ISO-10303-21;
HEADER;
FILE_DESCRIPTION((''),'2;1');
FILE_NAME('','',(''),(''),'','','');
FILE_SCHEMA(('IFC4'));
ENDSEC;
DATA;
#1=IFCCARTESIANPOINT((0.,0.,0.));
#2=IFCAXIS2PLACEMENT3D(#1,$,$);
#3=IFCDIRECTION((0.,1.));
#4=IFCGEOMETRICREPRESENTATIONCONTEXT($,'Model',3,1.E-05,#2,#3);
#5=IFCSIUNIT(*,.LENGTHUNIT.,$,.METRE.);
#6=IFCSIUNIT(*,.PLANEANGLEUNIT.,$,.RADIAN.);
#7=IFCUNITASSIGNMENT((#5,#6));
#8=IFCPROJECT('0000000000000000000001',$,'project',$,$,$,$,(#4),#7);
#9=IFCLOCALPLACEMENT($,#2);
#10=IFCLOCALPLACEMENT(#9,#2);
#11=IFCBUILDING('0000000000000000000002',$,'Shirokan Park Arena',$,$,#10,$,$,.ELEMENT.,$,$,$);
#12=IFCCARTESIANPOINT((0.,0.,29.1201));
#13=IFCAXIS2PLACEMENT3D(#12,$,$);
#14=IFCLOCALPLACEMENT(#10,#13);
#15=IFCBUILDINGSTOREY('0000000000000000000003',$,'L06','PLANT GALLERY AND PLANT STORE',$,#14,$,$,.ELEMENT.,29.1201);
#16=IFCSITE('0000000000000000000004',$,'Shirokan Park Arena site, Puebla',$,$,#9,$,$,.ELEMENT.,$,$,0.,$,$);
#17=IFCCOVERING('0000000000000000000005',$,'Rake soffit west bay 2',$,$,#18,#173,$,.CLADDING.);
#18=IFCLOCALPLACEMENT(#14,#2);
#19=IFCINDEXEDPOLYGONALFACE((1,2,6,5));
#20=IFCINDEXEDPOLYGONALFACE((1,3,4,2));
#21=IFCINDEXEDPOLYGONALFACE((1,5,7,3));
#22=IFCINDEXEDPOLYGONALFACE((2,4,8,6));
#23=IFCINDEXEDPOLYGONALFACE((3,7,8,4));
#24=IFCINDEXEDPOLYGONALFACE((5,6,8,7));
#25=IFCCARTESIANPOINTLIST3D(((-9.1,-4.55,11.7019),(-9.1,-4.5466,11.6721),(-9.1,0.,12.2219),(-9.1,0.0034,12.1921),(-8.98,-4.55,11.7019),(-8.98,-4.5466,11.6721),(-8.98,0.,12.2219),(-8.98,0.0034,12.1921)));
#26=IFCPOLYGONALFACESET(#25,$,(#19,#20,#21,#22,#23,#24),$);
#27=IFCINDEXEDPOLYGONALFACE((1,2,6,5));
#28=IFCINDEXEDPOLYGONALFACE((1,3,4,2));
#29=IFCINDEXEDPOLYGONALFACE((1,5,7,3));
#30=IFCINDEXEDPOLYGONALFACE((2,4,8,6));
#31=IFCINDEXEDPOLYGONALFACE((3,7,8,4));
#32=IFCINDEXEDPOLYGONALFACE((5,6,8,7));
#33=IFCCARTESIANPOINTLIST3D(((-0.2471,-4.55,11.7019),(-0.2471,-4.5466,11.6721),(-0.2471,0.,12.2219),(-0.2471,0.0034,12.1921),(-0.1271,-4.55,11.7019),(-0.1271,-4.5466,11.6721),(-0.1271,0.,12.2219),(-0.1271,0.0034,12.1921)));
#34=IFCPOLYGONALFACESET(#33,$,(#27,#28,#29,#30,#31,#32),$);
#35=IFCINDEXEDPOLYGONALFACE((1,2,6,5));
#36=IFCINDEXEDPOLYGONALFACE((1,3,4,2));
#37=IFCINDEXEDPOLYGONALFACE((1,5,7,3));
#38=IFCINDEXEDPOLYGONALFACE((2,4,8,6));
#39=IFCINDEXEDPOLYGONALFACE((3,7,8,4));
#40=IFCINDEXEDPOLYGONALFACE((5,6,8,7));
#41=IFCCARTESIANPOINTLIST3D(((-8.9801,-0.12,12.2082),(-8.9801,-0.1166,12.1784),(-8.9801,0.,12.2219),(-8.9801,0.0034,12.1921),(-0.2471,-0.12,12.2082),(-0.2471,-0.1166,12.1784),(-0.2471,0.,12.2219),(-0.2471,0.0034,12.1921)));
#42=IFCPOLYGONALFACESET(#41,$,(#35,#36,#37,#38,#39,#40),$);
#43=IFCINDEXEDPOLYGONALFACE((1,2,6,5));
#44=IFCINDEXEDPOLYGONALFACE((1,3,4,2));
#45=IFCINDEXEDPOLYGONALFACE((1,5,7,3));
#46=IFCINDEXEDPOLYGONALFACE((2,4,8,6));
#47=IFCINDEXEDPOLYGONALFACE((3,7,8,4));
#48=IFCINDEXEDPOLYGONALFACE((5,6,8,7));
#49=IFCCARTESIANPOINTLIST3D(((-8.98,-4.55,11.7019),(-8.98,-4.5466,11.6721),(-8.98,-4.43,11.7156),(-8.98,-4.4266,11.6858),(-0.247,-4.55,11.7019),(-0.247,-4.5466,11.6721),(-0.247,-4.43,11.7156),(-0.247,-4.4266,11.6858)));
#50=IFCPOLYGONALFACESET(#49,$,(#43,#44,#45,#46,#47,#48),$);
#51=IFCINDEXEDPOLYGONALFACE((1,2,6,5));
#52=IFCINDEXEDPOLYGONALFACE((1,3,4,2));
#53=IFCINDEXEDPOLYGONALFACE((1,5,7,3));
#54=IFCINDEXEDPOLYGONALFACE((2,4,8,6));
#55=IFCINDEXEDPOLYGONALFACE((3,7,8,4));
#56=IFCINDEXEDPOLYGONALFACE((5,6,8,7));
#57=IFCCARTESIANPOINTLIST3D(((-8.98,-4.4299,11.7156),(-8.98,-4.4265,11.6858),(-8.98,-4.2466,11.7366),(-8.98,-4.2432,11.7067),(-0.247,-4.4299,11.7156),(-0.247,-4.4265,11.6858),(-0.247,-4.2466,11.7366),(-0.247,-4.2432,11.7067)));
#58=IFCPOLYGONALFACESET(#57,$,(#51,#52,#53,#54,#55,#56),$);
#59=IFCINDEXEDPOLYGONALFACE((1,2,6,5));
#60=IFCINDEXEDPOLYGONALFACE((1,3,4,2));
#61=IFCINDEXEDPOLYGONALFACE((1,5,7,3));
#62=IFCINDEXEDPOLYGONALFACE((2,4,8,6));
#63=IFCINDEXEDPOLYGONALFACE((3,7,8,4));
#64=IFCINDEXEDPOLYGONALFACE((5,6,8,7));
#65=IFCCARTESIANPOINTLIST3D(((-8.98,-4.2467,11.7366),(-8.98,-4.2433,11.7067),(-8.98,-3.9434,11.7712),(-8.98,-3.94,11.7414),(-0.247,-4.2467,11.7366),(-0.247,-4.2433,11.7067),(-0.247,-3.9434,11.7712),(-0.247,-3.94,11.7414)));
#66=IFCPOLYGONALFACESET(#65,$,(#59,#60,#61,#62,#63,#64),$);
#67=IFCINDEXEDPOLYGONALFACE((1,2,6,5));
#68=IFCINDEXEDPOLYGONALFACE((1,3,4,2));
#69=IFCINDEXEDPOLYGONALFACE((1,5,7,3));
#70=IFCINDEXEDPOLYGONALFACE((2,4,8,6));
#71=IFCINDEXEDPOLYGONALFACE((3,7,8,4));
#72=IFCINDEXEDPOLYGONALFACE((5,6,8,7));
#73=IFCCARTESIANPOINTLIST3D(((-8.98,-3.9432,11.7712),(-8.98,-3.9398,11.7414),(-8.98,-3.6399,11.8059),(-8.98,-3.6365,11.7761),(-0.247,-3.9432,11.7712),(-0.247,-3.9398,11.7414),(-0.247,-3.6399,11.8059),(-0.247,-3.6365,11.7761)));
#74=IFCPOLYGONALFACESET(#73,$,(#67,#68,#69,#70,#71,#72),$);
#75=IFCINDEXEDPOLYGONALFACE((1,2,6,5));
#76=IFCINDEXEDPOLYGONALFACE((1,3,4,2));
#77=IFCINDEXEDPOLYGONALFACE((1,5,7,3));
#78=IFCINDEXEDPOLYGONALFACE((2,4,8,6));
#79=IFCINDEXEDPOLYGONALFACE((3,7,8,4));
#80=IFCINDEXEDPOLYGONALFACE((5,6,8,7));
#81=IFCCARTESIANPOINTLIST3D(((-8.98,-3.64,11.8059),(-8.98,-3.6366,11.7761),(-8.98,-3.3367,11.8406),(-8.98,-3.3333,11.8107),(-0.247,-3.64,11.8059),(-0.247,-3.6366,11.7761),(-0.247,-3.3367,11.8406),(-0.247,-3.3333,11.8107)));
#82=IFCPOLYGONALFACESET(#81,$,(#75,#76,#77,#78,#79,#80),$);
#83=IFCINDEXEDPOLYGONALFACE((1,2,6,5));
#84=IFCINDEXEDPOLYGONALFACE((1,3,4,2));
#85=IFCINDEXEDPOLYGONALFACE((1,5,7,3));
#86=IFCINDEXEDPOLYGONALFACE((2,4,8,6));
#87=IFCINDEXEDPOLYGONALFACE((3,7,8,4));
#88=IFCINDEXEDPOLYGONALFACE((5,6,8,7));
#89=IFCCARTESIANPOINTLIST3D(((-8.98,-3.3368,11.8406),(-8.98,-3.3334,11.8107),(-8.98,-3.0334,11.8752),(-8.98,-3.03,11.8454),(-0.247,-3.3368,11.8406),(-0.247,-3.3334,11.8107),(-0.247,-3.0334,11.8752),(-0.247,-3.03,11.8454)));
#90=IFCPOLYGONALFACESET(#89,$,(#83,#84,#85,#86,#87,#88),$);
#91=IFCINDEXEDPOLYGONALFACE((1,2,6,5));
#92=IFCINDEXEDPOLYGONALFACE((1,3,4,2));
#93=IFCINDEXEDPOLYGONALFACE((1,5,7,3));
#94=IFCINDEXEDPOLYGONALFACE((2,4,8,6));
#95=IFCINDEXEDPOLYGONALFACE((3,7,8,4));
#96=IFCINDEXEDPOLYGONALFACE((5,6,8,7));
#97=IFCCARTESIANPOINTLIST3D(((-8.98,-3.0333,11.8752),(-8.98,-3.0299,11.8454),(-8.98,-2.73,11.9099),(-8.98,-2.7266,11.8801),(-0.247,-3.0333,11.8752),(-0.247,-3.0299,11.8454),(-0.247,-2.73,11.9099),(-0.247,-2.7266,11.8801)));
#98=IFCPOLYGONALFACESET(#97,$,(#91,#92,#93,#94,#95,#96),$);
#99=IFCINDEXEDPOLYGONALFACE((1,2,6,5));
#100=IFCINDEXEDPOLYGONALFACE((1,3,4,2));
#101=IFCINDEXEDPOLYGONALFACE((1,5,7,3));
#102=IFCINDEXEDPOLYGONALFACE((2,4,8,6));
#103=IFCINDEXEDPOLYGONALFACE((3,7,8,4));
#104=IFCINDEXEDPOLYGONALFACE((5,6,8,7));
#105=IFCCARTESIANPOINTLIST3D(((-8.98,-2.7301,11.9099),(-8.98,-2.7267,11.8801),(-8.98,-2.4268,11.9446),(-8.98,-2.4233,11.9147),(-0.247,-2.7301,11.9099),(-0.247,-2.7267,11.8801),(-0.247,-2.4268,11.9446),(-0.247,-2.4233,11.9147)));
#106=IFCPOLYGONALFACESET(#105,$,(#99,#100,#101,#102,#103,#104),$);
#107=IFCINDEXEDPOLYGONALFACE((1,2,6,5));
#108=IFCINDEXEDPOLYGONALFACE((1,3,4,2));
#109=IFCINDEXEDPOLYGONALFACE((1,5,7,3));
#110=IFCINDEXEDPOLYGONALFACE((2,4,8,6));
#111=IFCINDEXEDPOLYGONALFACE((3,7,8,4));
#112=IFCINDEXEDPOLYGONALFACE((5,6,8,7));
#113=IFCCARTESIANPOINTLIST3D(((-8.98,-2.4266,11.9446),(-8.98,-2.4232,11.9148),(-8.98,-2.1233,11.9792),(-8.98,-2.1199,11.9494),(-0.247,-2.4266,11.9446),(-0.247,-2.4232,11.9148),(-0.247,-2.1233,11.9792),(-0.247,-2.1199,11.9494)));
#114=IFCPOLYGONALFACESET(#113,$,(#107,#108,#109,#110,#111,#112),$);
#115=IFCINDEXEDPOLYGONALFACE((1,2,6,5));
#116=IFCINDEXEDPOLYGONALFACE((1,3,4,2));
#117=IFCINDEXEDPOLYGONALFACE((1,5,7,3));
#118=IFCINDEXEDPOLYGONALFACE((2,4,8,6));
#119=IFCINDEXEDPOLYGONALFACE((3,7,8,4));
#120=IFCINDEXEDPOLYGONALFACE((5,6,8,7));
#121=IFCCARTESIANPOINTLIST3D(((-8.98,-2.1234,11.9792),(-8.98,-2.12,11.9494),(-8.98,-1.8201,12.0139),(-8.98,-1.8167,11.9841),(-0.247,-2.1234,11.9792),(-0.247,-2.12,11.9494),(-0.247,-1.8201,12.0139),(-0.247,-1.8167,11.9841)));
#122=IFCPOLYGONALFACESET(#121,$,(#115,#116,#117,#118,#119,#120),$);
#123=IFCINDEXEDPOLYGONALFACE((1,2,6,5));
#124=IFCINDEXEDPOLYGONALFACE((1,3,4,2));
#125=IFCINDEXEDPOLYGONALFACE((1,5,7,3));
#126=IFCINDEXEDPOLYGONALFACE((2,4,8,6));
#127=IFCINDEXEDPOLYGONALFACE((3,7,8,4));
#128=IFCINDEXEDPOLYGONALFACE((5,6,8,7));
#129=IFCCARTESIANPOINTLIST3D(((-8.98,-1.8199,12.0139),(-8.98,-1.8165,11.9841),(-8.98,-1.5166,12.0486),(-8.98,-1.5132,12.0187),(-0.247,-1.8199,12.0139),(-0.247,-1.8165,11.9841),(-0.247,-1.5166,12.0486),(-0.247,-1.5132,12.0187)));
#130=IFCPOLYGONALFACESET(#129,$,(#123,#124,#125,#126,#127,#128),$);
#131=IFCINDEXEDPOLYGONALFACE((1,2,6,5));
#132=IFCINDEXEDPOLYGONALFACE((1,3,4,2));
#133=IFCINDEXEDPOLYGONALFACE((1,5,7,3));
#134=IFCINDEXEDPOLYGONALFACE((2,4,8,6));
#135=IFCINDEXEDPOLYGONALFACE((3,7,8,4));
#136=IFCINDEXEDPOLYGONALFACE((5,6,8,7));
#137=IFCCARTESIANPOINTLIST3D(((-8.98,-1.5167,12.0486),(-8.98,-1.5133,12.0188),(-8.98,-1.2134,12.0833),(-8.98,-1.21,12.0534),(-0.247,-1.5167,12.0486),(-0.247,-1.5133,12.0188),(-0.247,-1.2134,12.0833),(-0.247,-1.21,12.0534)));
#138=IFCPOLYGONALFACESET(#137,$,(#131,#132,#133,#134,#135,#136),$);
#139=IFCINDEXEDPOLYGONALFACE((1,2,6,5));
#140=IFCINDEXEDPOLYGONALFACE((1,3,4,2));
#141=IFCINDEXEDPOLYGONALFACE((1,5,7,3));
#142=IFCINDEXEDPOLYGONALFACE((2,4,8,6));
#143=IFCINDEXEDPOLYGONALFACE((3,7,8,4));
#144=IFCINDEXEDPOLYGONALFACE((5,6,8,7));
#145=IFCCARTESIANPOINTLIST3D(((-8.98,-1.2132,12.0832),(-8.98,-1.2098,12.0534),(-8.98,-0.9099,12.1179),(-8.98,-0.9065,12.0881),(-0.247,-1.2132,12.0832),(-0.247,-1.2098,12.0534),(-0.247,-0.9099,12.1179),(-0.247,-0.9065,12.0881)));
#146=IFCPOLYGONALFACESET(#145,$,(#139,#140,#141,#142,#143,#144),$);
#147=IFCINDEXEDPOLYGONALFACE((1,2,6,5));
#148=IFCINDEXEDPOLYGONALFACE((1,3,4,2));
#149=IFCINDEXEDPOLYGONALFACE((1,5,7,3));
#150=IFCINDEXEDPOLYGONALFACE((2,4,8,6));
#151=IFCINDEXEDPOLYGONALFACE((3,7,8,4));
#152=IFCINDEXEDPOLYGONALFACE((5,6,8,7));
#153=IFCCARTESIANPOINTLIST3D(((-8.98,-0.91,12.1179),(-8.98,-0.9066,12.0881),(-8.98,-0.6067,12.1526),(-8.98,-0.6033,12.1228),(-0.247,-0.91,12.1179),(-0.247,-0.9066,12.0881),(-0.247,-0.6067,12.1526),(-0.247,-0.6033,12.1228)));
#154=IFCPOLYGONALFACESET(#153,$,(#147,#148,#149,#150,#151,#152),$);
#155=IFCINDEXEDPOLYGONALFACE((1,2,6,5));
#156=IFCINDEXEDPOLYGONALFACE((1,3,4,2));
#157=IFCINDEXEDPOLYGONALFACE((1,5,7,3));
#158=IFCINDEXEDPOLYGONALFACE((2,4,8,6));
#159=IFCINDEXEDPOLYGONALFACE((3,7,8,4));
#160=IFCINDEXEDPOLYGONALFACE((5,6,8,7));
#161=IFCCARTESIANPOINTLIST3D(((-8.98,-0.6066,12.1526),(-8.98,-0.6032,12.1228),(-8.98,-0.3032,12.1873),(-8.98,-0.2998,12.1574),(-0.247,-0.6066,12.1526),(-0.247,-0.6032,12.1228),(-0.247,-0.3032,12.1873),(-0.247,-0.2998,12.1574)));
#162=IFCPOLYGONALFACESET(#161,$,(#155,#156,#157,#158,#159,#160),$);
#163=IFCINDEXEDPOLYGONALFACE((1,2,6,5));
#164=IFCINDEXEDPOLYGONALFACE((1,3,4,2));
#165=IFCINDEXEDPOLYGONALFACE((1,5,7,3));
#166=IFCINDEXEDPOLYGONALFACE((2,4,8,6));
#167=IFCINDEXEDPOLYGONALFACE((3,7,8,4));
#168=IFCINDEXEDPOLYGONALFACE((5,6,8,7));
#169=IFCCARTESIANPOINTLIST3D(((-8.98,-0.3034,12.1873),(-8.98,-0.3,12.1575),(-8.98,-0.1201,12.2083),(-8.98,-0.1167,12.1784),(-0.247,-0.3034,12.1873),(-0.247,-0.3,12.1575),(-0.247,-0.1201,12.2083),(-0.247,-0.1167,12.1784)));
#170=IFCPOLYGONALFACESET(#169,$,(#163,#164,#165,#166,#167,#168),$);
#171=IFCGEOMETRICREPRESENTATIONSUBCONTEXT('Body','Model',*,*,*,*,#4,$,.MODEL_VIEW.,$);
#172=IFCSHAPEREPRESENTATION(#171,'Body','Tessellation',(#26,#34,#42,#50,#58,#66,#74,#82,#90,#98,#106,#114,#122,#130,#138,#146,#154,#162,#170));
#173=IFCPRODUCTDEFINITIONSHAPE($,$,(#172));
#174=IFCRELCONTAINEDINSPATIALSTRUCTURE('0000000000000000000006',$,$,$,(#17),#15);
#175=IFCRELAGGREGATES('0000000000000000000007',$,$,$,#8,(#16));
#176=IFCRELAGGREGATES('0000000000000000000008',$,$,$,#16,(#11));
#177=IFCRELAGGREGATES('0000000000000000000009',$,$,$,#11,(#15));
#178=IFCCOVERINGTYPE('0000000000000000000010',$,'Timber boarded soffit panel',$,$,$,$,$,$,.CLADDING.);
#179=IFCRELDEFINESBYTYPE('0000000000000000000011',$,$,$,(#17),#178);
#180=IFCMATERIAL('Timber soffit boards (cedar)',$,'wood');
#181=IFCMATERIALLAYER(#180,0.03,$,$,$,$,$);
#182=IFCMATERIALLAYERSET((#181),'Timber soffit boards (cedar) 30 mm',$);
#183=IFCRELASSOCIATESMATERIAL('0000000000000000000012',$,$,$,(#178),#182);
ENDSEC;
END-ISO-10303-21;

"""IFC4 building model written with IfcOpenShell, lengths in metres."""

from ifc_helpers import new_model, si_unit, direction, frame, origin, place, context, subcontext, project, spatial, polyline, outline, extrude, material, layer, layer_set, type_object, element, save


model = new_model("IFC4")

# Units and contexts
model_context = context("Model", 3, precision=1e-05, world=origin(), true_north=direction((0.0, 1.0)))
body_context = subcontext(model_context, "Body", "Model", "MODEL_VIEW")
ifc_project = project(units=[si_unit("LENGTHUNIT", "METRE"), si_unit("PLANEANGLEUNIT", "RADIAN")], contexts=[model_context])

# Site, building, storey
site_placement = place(None, origin())
site = spatial("IfcSite", under=ifc_project, at=site_placement, Name="Shirokan Park Arena site, Puebla", CompositionType="ELEMENT", RefElevation=0.0)
building_placement = place(site_placement, origin())
building = spatial("IfcBuilding", under=site, at=building_placement, Name="Shirokan Park Arena", CompositionType="ELEMENT")
storey_placement = place(building_placement, frame((0.0, 0.0, 29.1201)))
storey = spatial("IfcBuildingStorey", under=building, at=storey_placement, Name="L06", Description="PLANT GALLERY AND PLANT STORE", CompositionType="ELEMENT", Elevation=29.1201)

# Covering
ifc_material = material(Name="Timber soffit boards (cedar)", Category="wood")
ifc_layer = layer(ifc_material, 0.03)
ifc_layer_set = layer_set([ifc_layer], Name="Timber soffit boards (cedar) 30 mm")
covering_type = type_object("IfcCoveringType", Name="Timber boarded soffit panel", PredefinedType="CLADDING", material=ifc_layer_set)
covering_1_placement = place(storey_placement, origin())
element("IfcCovering", 1, at=covering_1_placement, inside=storey, type_object=covering_type, Name="Rake soffit west bay 2", PredefinedType="CLADDING", context=body_context, shape_type="SweptSolid", body=[
    extrude(outline(polyline([(0.0, 0.0), (0.12, 0.0), (0.12, -4.5796), (0.0, -4.5796), (0.0, 0.0)])), frame((-8.98, -4.55, 11.7019), z_axis=(0.0, -0.113547, 0.993533), x_axis=(-1.0, 0.0, 0.0)), (0.0, 0.0, -1.0), 0.03),
    extrude(outline(polyline([(0.0, 0.0), (0.12, 0.0), (0.12, -4.5796), (0.0, -4.5796), (0.0, 0.0)])), frame((-0.2471, 0.0, 12.2219), z_axis=(0.0, -0.113547, 0.993533), x_axis=(1.0, 0.0, 0.0)), (0.0, 0.0, -1.0), 0.03),
    extrude(outline(polyline([(0.0, 0.0), (0.1208, 0.0), (0.1208, -8.733), (0.0, -8.733), (0.0, 0.0)])), frame((-0.2471, 0.0, 12.2219), z_axis=(0.0, -0.113512, 0.993537), x_axis=(0.0, -0.993537, -0.113512)), (0.0, 0.0, -1.0), 0.03),
    extrude(outline(polyline([(0.0, 0.0), (0.1208, 0.0), (0.1208, -8.733), (0.0, -8.733), (0.0, 0.0)])), frame((-8.98, -4.55, 11.7019), z_axis=(0.0, -0.113512, 0.993537), x_axis=(0.0, 0.993537, 0.113512)), (0.0, 0.0, -1.0), 0.03),
    extrude(outline(polyline([(0.0, 0.0), (8.733, 0.0), (8.733, -0.1845), (0.0, -0.1845), (0.0, 0.0)])), frame((-8.98, -4.2466, 11.7366), z_axis=(0.0, -0.113589, 0.993528), x_axis=(1.0, 0.0, 0.0)), (0.0, 0.0, -1.0), 0.03),
    extrude(outline(polyline([(0.0, 0.0), (8.733, 0.0), (8.733, -0.3053), (0.0, -0.3053), (0.0, 0.0)])), frame((-8.98, -3.9434, 11.7712), z_axis=(0.0, -0.113523, 0.993535), x_axis=(1.0, 0.0, 0.0)), (0.0, 0.0, -1.0), 0.03),
    extrude(outline(polyline([(0.0, 0.0), (8.733, 0.0), (8.733, -0.3053), (0.0, -0.3053), (0.0, 0.0)])), frame((-8.98, -3.6399, 11.8059), z_axis=(0.0, -0.113559, 0.993531), x_axis=(1.0, 0.0, 0.0)), (0.0, 0.0, -1.0), 0.03),
    extrude(outline(polyline([(0.0, 0.0), (8.733, 0.0), (8.733, -0.3053), (0.0, -0.3053), (0.0, 0.0)])), frame((-8.98, -3.3367, 11.8406), z_axis=(0.0, -0.113559, 0.993531), x_axis=(1.0, 0.0, 0.0)), (0.0, 0.0, -1.0), 0.03),
    extrude(outline(polyline([(0.0, 0.0), (8.733, 0.0), (8.733, -0.3053), (0.0, -0.3053), (0.0, 0.0)])), frame((-8.98, -3.0334, 11.8752), z_axis=(0.0, -0.113523, 0.993535), x_axis=(1.0, 0.0, 0.0)), (0.0, 0.0, -1.0), 0.03),
    extrude(outline(polyline([(0.0, 0.0), (8.733, 0.0), (8.733, -0.3053), (0.0, -0.3053), (0.0, 0.0)])), frame((-8.98, -2.73, 11.9099), z_axis=(0.0, -0.113559, 0.993531), x_axis=(1.0, 0.0, 0.0)), (0.0, 0.0, -1.0), 0.03),
    extrude(outline(polyline([(0.0, 0.0), (8.733, 0.0), (8.733, -0.3053), (0.0, -0.3053), (0.0, 0.0)])), frame((-8.98, -2.4268, 11.9446), z_axis=(0.0, -0.113559, 0.993531), x_axis=(1.0, 0.0, 0.0)), (0.0, 0.0, -1.0), 0.03),
    extrude(outline(polyline([(0.0, 0.0), (8.733, 0.0), (8.733, -0.3053), (0.0, -0.3053), (0.0, 0.0)])), frame((-8.98, -2.1233, 11.9792), z_axis=(0.0, -0.113523, 0.993535), x_axis=(1.0, 0.0, 0.0)), (0.0, 0.0, -1.0), 0.03),
    extrude(outline(polyline([(0.0, 0.0), (8.733, 0.0), (8.733, -0.3053), (0.0, -0.3053), (0.0, 0.0)])), frame((-8.98, -1.8201, 12.0139), z_axis=(0.0, -0.113559, 0.993531), x_axis=(1.0, 0.0, 0.0)), (0.0, 0.0, -1.0), 0.03),
    extrude(outline(polyline([(0.0, 0.0), (8.733, 0.0), (8.733, -0.3053), (0.0, -0.3053), (0.0, 0.0)])), frame((-8.98, -1.5166, 12.0486), z_axis=(0.0, -0.113559, 0.993531), x_axis=(1.0, 0.0, 0.0)), (0.0, 0.0, -1.0), 0.03),
    extrude(outline(polyline([(0.0, 0.0), (8.733, 0.0), (8.733, -0.3053), (0.0, -0.3053), (0.0, 0.0)])), frame((-8.98, -1.2134, 12.0833), z_axis=(0.0, -0.113523, 0.993535), x_axis=(1.0, 0.0, 0.0)), (0.0, 0.0, -1.0), 0.03),
    extrude(outline(polyline([(0.0, 0.0), (8.733, 0.0), (8.733, -0.3053), (0.0, -0.3053), (0.0, 0.0)])), frame((-8.98, -0.9099, 12.1179), z_axis=(0.0, -0.113559, 0.993531), x_axis=(1.0, 0.0, 0.0)), (0.0, 0.0, -1.0), 0.03),
    extrude(outline(polyline([(0.0, 0.0), (8.733, 0.0), (8.733, -0.3053), (0.0, -0.3053), (0.0, 0.0)])), frame((-8.98, -0.6067, 12.1526), z_axis=(0.0, -0.113559, 0.993531), x_axis=(1.0, 0.0, 0.0)), (0.0, 0.0, -1.0), 0.03),
    extrude(outline(polyline([(0.0, 0.0), (8.733, 0.0), (8.733, -0.3053), (0.0, -0.3053), (0.0, 0.0)])), frame((-8.98, -0.3032, 12.1873), z_axis=(0.0, -0.113523, 0.993535), x_axis=(1.0, 0.0, 0.0)), (0.0, 0.0, -1.0), 0.03),
    extrude(outline(polyline([(0.0, 0.0), (8.733, 0.0), (8.733, -0.1845), (0.0, -0.1845), (0.0, 0.0)])), frame((-8.98, -0.1201, 12.2083), z_axis=(0.0, -0.113589, 0.993528), x_axis=(1.0, 0.0, 0.0)), (0.0, 0.0, -1.0), 0.03),
])

save(model, "model.ifc")
